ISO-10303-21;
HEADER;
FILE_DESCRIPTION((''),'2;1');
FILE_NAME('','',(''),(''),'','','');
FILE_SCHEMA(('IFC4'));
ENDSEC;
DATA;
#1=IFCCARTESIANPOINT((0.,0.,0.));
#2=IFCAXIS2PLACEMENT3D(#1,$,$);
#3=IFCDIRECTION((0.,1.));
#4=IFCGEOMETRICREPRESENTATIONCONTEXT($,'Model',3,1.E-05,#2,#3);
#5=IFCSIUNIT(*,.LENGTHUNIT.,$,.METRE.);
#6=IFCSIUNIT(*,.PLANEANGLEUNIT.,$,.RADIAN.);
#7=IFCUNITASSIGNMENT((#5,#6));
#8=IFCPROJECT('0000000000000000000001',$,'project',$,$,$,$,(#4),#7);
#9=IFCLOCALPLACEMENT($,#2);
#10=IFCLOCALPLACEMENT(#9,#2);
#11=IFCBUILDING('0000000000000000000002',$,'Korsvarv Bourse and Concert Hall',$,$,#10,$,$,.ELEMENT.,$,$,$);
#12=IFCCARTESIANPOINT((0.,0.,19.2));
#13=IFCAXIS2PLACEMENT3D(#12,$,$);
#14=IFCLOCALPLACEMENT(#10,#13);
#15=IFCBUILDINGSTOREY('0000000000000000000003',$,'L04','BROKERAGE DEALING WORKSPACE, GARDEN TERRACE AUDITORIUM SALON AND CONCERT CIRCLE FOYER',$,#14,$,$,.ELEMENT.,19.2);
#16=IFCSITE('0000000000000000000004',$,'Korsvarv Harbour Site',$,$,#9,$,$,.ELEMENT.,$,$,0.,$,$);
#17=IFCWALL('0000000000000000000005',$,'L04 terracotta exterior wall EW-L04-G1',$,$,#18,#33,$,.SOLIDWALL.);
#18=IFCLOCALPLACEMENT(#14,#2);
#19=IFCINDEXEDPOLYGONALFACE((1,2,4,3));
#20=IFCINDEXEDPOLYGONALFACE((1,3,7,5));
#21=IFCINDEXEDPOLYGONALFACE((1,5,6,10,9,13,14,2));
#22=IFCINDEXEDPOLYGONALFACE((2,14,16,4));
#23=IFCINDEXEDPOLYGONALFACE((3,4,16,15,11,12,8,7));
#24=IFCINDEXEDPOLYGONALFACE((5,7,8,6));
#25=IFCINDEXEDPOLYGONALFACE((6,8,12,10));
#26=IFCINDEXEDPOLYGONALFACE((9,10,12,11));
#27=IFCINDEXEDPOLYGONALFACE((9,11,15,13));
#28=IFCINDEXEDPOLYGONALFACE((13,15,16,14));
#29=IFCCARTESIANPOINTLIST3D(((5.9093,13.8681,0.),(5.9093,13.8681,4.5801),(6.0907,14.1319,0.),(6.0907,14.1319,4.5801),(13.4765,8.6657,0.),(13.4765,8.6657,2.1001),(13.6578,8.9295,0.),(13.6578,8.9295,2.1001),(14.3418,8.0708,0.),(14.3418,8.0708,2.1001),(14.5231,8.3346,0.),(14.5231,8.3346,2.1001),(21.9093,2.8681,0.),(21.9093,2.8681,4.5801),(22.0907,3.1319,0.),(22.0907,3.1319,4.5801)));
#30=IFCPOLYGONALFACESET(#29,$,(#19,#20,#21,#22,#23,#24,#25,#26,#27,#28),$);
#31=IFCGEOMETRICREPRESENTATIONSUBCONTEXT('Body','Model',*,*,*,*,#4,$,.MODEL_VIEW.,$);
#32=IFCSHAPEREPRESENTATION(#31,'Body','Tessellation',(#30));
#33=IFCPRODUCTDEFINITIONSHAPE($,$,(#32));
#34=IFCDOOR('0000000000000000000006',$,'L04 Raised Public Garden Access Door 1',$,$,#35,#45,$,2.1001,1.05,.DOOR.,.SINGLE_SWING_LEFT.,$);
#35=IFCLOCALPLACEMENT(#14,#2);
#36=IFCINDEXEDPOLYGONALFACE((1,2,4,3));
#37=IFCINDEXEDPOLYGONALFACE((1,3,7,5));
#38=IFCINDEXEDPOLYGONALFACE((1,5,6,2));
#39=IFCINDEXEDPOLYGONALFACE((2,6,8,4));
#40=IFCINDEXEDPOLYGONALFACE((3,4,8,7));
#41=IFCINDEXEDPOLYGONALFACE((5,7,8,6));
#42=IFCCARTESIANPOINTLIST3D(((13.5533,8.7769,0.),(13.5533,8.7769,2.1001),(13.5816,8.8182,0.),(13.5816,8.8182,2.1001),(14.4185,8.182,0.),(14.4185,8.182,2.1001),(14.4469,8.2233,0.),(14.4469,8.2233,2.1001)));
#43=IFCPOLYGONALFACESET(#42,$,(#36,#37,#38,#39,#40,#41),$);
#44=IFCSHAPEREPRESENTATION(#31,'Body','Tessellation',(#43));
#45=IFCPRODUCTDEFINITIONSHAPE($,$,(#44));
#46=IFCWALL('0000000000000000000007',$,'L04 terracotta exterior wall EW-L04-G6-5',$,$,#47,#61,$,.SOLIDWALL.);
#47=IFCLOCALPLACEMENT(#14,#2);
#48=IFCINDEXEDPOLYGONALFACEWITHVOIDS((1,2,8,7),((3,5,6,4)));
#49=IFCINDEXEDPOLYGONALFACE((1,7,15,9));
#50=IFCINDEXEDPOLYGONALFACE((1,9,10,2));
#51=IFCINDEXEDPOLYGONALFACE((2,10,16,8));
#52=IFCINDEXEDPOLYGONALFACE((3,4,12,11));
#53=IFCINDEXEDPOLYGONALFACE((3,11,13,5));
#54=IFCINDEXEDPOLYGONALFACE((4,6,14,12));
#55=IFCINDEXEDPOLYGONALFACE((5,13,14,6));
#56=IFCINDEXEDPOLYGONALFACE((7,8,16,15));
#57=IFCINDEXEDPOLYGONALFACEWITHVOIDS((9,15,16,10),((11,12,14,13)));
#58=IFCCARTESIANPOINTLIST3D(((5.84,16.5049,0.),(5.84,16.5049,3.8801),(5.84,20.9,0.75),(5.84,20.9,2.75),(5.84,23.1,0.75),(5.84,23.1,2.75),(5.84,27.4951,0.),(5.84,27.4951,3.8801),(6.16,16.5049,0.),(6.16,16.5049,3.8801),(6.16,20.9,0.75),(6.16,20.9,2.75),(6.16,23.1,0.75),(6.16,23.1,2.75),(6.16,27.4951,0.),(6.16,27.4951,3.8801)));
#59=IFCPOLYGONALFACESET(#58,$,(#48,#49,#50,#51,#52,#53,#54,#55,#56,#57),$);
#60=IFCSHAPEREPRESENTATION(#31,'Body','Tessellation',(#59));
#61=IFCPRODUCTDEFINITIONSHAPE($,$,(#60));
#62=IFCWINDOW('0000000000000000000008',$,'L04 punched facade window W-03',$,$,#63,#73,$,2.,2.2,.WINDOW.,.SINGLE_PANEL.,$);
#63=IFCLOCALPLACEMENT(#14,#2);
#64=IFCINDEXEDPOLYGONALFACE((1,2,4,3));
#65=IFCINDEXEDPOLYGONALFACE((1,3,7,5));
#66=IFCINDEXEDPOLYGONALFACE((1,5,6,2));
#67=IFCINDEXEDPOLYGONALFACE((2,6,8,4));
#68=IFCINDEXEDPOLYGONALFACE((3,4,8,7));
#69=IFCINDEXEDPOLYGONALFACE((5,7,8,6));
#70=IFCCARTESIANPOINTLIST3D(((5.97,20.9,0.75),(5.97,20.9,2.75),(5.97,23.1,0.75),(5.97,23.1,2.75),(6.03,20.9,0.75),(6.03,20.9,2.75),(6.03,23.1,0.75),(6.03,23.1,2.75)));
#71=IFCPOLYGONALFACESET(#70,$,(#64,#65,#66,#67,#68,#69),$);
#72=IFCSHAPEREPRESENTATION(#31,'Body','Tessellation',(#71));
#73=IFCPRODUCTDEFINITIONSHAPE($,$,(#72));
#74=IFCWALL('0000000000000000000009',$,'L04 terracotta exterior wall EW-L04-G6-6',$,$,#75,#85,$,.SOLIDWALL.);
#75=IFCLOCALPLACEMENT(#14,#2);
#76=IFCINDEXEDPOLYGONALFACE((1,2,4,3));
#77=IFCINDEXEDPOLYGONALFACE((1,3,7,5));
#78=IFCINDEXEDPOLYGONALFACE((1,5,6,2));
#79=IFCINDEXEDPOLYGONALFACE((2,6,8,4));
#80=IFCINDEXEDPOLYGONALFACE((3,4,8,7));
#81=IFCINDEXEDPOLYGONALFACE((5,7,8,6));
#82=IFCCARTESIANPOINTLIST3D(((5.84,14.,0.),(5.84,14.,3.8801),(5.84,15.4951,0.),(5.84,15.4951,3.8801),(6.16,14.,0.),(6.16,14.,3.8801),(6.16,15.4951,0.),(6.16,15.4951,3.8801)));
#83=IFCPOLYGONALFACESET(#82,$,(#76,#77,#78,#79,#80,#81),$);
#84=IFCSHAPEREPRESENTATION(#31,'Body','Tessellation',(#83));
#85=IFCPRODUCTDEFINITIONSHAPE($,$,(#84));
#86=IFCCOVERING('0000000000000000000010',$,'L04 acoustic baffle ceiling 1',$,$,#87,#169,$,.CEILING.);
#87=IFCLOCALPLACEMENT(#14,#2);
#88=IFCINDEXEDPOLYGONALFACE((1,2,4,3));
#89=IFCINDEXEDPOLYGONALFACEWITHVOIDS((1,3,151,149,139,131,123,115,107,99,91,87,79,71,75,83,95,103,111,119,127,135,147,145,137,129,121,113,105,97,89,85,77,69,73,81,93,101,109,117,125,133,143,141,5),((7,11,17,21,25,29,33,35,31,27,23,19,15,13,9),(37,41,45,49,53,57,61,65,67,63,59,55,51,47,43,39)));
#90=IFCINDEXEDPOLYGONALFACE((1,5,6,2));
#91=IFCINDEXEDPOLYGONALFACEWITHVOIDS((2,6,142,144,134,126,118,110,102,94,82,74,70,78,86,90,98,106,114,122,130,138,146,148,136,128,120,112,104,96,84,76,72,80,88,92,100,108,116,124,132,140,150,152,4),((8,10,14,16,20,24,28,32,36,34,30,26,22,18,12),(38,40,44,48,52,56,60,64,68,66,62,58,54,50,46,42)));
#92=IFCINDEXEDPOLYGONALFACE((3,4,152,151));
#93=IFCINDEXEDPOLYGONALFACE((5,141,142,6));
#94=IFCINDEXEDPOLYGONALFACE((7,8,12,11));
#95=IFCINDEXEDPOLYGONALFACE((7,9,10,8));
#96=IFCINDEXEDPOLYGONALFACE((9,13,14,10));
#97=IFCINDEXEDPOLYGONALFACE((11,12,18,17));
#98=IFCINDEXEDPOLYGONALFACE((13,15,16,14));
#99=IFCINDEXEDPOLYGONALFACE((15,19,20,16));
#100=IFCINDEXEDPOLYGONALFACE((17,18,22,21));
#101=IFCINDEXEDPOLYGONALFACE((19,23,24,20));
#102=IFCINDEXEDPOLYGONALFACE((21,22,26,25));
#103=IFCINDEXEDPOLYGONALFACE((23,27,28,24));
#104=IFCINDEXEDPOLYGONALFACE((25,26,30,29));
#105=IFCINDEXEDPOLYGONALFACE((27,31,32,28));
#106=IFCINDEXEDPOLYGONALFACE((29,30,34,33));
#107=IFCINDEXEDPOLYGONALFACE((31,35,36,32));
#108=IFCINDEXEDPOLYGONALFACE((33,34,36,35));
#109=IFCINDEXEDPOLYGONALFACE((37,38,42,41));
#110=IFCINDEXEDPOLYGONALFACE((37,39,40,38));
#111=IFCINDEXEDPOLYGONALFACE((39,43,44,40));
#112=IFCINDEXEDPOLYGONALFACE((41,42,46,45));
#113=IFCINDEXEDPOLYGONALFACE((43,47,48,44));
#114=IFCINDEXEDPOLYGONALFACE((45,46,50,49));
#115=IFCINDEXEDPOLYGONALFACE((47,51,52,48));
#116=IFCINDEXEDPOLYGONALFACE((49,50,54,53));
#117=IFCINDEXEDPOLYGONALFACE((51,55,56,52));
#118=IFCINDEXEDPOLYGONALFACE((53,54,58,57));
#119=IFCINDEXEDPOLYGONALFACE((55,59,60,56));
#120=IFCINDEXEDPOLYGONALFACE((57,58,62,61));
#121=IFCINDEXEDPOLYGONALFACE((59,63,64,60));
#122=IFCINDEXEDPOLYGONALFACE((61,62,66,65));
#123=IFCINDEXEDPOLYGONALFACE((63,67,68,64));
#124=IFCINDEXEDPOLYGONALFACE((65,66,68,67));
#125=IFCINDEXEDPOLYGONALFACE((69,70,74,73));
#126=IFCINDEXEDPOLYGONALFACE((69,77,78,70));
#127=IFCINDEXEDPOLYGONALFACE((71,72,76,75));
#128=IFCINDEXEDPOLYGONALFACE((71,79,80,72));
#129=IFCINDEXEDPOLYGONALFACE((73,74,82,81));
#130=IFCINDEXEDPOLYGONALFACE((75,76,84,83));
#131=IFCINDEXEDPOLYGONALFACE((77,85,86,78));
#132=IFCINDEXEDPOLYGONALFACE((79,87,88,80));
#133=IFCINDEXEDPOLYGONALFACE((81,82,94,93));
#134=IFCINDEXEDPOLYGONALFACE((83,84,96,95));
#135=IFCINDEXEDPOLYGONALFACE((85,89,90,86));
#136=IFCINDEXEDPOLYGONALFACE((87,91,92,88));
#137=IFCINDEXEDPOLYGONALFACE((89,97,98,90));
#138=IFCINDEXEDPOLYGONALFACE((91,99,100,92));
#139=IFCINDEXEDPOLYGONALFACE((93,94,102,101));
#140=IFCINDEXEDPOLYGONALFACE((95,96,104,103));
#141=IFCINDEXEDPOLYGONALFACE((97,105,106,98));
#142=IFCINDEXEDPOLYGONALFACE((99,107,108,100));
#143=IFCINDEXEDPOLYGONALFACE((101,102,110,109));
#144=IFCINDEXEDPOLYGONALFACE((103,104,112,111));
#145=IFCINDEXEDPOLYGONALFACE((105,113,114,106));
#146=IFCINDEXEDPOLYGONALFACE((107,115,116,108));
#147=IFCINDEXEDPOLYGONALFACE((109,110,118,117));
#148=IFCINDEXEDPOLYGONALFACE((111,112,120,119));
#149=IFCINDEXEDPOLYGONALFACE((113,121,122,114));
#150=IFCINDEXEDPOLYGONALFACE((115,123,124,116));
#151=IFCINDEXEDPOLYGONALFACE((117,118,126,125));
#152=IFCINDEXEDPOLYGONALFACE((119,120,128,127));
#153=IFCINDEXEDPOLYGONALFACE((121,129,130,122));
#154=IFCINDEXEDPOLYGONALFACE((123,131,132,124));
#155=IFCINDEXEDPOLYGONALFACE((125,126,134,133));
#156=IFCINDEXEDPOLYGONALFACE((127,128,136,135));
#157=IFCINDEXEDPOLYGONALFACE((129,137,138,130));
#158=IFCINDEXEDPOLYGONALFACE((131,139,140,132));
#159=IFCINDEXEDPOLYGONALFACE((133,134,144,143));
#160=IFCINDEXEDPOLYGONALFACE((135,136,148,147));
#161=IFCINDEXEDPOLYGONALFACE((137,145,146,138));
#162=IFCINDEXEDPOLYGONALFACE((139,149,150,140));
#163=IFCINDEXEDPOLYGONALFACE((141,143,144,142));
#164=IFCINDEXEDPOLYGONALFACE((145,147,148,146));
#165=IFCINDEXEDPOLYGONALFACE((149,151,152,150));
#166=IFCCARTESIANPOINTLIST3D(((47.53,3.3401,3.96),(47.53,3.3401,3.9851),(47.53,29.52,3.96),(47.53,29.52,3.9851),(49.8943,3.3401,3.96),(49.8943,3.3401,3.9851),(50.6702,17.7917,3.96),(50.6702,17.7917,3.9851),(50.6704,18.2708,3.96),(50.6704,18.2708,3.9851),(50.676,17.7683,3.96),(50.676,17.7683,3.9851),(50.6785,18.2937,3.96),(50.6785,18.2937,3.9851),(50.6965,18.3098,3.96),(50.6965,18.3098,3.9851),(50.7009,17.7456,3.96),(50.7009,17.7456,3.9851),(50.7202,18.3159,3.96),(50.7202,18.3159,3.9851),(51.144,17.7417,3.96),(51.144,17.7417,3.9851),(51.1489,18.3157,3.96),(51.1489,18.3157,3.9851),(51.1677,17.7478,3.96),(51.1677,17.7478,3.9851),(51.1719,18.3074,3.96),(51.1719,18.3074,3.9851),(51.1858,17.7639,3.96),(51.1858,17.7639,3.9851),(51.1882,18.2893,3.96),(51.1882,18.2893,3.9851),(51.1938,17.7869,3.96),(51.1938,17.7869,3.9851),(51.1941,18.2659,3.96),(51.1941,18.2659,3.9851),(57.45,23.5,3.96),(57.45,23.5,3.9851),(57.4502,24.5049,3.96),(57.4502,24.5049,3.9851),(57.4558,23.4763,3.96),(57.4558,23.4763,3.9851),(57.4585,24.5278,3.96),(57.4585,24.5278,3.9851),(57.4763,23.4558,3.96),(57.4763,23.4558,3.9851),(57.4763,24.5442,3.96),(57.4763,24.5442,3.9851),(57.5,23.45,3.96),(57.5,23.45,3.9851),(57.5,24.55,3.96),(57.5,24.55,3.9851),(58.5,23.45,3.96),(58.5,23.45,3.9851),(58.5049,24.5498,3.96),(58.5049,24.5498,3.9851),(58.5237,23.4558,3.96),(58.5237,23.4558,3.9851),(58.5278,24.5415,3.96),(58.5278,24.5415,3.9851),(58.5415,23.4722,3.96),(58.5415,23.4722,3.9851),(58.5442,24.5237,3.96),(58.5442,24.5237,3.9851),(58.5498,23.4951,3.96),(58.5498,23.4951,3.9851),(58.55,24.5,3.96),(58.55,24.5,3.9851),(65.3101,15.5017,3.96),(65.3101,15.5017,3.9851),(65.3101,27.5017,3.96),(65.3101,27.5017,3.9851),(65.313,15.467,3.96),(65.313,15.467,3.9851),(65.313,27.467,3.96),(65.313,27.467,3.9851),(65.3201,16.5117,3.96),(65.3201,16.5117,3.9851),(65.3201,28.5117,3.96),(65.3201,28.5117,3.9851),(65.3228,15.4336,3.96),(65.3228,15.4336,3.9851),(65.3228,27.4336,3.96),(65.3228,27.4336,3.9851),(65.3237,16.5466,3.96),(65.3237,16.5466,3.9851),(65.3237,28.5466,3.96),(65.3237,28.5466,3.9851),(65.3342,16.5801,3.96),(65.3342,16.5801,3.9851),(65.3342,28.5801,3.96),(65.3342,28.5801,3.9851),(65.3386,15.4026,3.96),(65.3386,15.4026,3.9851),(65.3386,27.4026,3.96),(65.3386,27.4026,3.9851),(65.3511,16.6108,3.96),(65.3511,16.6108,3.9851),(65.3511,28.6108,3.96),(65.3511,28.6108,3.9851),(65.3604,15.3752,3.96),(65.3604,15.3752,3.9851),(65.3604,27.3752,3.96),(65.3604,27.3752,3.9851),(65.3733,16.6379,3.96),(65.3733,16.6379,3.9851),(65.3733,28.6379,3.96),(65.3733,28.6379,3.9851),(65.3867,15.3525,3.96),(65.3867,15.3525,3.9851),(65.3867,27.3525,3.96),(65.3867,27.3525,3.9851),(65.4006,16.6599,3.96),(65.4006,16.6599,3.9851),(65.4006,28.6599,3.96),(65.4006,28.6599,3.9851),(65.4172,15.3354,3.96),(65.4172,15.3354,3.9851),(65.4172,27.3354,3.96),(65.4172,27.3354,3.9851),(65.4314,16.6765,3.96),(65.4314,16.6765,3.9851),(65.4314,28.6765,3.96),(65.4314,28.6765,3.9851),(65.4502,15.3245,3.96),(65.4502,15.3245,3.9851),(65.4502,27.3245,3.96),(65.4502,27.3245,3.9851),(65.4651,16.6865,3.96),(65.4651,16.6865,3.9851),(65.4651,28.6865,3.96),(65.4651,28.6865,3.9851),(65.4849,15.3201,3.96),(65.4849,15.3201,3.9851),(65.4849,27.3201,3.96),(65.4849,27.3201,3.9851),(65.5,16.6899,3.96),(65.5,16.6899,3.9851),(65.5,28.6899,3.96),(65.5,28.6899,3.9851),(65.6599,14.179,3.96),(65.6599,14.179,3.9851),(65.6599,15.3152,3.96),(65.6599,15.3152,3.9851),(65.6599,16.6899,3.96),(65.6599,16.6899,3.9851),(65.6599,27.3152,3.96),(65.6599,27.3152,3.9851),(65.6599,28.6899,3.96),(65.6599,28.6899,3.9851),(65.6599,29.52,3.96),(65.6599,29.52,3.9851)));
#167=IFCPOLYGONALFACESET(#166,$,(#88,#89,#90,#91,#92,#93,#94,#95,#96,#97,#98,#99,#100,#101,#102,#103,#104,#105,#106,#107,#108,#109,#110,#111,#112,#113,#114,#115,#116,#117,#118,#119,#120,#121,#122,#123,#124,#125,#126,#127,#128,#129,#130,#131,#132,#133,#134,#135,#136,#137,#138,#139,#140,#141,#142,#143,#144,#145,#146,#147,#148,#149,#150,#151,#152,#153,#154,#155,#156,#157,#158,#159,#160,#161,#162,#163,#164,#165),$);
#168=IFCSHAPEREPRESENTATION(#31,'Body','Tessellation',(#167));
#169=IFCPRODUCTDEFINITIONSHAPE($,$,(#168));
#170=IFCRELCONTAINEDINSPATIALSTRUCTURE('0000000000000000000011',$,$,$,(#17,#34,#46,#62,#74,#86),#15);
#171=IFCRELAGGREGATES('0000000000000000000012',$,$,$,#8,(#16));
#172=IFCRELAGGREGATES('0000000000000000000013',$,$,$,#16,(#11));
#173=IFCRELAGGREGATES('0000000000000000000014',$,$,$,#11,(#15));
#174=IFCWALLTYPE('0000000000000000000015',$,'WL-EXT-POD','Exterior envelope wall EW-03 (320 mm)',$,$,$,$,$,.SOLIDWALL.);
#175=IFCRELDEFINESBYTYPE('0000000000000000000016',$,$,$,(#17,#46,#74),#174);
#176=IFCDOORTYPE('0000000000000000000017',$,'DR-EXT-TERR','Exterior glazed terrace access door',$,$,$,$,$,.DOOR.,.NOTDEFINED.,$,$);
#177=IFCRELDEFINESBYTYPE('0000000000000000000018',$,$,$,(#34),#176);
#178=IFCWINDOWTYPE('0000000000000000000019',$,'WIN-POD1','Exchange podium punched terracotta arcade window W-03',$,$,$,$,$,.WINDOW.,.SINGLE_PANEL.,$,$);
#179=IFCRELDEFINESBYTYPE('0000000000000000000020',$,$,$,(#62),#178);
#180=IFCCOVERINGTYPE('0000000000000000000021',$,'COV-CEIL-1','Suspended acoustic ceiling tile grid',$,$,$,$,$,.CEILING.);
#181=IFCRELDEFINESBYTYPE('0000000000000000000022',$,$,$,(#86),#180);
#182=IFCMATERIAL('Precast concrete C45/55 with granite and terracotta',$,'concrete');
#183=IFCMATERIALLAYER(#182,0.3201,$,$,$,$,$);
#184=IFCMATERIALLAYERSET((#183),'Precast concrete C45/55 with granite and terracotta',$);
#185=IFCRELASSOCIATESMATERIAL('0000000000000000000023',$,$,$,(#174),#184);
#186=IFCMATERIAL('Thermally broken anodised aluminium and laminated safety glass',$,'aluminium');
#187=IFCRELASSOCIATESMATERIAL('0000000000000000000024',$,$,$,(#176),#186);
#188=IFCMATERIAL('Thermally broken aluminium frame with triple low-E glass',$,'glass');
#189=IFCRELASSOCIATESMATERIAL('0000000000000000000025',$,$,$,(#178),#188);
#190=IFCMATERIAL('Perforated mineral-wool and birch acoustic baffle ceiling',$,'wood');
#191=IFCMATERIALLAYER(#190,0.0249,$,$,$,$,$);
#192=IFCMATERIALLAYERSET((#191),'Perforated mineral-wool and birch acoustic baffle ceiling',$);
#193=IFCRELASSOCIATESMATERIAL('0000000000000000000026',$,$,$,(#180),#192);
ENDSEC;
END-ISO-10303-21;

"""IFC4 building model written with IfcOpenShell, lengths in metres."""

from ifc_helpers import new_model, si_unit, direction, frame, frame_2d, origin, place, context, subcontext, project, spatial, polyline, rectangle, outline, extrude, material, layer, layer_set, type_object, element, fill, save


model = new_model("IFC4")

# Units and contexts
model_context = context("Model", 3, precision=1e-05, world=origin(), true_north=direction((0.0, 1.0)))
body_context = subcontext(model_context, "Body", "Model", "MODEL_VIEW")
ifc_project = project(units=[si_unit("LENGTHUNIT", "METRE"), si_unit("PLANEANGLEUNIT", "RADIAN")], contexts=[model_context])

# Site, building, storey
site_placement = place(None, origin())
site = spatial("IfcSite", under=ifc_project, at=site_placement, Name="Korsvarv Harbour Site", CompositionType="ELEMENT", RefElevation=0.0)
building_placement = place(site_placement, origin())
building = spatial("IfcBuilding", under=site, at=building_placement, Name="Korsvarv Bourse and Concert Hall", CompositionType="ELEMENT")
storey_placement = place(building_placement, frame((0.0, 0.0, 19.2)))
storey = spatial("IfcBuildingStorey", under=building, at=storey_placement, Name="L04", Description="BROKERAGE DEALING WORKSPACE, GARDEN TERRACE AUDITORIUM SALON AND CONCERT CIRCLE FOYER", CompositionType="ELEMENT", Elevation=19.2)

# Wall, opening, door
ifc_material_1 = material(Name="Precast concrete C45/55 with granite and terracotta", Category="concrete")
ifc_layer_1 = layer(ifc_material_1, 0.3201)
ifc_layer_set_1 = layer_set([ifc_layer_1], Name="Precast concrete C45/55 with granite and terracotta")
wall_type = type_object("IfcWallType", Name="WL-EXT-POD", Description="Exterior envelope wall EW-03 (320 mm)", PredefinedType="SOLIDWALL", material=ifc_layer_set_1)
wall_1_placement = place(storey_placement, frame((6.0, 14.0, 0.0), z_axis=(0.0, 0.0, 1.0), x_axis=(0.824042, -0.566529, 0.0)))
wall_1 = element("IfcWall", 1, at=wall_1_placement, inside=storey, type_object=wall_type, Name="L04 terracotta exterior wall EW-L04-G1", PredefinedType="SOLIDWALL", context=body_context, shape_type="SweptSolid", body=[
    extrude(rectangle(XDim=19.4165, YDim=0.3201, at=frame_2d((9.7083, 0.0))), origin(), (0.0, 0.0, 1.0), 4.5801),
])
opening_1_placement = place(wall_1_placement, frame((9.1831, 0.0, 0.0)))
opening_1 = element("IfcOpeningElement", 2, at=opening_1_placement, cuts=wall_1, PredefinedType="OPENING", context=body_context, shape_type="SweptSolid", body=[
    extrude(rectangle(XDim=1.05, YDim=2.1001, at=frame_2d((0.5249, 1.05))), frame((0.0, 0.1699, 0.0), z_axis=(0.0, -1.0, 0.0), x_axis=(1.0, 0.0, 0.0)), (0.0, 0.0, 1.0), 0.3401),
])
ifc_material_2 = material(Name="Thermally broken anodised aluminium and laminated safety glass", Category="aluminium")
door_type = type_object("IfcDoorType", Name="DR-EXT-TERR", Description="Exterior glazed terrace access door", OperationType="NOTDEFINED", PredefinedType="DOOR", material=ifc_material_2)
door_placement = place(opening_1_placement, frame((1.05, 0.0, 0.0), z_axis=(0.0, 0.0, 1.0), x_axis=(-1.0, 0.0, 0.0)))
door = element("IfcDoor", 3, at=door_placement, inside=storey, type_object=door_type, Name="L04 Raised Public Garden Access Door 1", OperationType="SINGLE_SWING_LEFT", OverallHeight=2.1001, OverallWidth=1.05, PredefinedType="DOOR", context=body_context, shape_type="SweptSolid", body=[
    extrude(rectangle(XDim=1.05, YDim=2.1001, at=frame_2d((0.5249, 1.05))), frame((0.0, 0.0249, 0.0), z_axis=(0.0, -1.0, 0.0), x_axis=(1.0, 0.0, 0.0)), (0.0, 0.0, 1.0), 0.05),
])
fill(opening_1, door)

# Wall, opening, window
wall_2_placement = place(storey_placement, frame((6.0, 27.4951, 0.0), z_axis=(0.0, 0.0, 1.0), x_axis=(0.0, -1.0, 0.0)))
wall_2 = element("IfcWall", 4, at=wall_2_placement, inside=storey, type_object=wall_type, Name="L04 terracotta exterior wall EW-L04-G6-5", PredefinedType="SOLIDWALL", context=body_context, shape_type="SweptSolid", body=[
    extrude(rectangle(XDim=10.9902, YDim=0.3201, at=frame_2d((5.4951, 0.0))), origin(), (0.0, 0.0, 1.0), 3.8801),
])
opening_2_placement = place(wall_2_placement, frame((4.395, 0.0, 0.75)))
opening_2 = element("IfcOpeningElement", 5, at=opening_2_placement, cuts=wall_2, PredefinedType="OPENING", context=body_context, shape_type="SweptSolid", body=[
    extrude(rectangle(XDim=2.2, YDim=2.0, at=frame_2d((1.1001, 1.0))), frame((0.0, 0.1699, 0.0), z_axis=(0.0, -1.0, 0.0), x_axis=(1.0, 0.0, 0.0)), (0.0, 0.0, 1.0), 0.3401),
])
ifc_material_3 = material(Name="Thermally broken aluminium frame with triple low-E glass", Category="glass")
window_type = type_object("IfcWindowType", Name="WIN-POD1", Description="Exchange podium punched terracotta arcade window W-03", PartitioningType="SINGLE_PANEL", PredefinedType="WINDOW", material=ifc_material_3)
window_placement = place(opening_2_placement, origin())
window = element("IfcWindow", 6, at=window_placement, inside=storey, type_object=window_type, Name="L04 punched facade window W-03", OverallHeight=2.0, OverallWidth=2.2, PartitioningType="SINGLE_PANEL", PredefinedType="WINDOW", context=body_context, shape_type="SweptSolid", body=[
    extrude(rectangle(XDim=2.2, YDim=2.0, at=frame_2d((1.1001, 1.0))), frame((0.0, 0.03, 0.0), z_axis=(0.0, -1.0, 0.0), x_axis=(1.0, 0.0, 0.0)), (0.0, 0.0, 1.0), 0.0601),
])
fill(opening_2, window)

# Wall
wall_3_placement = place(storey_placement, frame((6.0, 15.4951, 0.0), z_axis=(0.0, 0.0, 1.0), x_axis=(0.0, -1.0, 0.0)))
element("IfcWall", 7, at=wall_3_placement, inside=storey, type_object=wall_type, Name="L04 terracotta exterior wall EW-L04-G6-6", PredefinedType="SOLIDWALL", context=body_context, shape_type="SweptSolid", body=[
    extrude(rectangle(XDim=1.4951, YDim=0.3201, at=frame_2d((0.7476, 0.0))), origin(), (0.0, 0.0, 1.0), 3.8801),
])

# Covering
ifc_material_4 = material(Name="Perforated mineral-wool and birch acoustic baffle ceiling", Category="wood")
ifc_layer_2 = layer(ifc_material_4, 0.0249)
ifc_layer_set_2 = layer_set([ifc_layer_2], Name="Perforated mineral-wool and birch acoustic baffle ceiling")
covering_type_1 = type_object("IfcCoveringType", Name="COV-CEIL-1", Description="Suspended acoustic ceiling tile grid", PredefinedType="CEILING", material=ifc_layer_set_2)
covering_1_placement = place(storey_placement, frame((0.0, 0.0, 3.96)))
element("IfcCovering", 8, at=covering_1_placement, inside=storey, type_object=covering_type_1, Name="L04 acoustic baffle ceiling 1", PredefinedType="CEILING", context=body_context, shape_type="SweptSolid", body=[
    extrude(outline(polyline([(47.53, 29.52), (65.6599, 29.52), (65.6599, 28.6899), (65.5, 28.6899), (65.4651, 28.6865), (65.4314, 28.6765), (65.4006, 28.6599), (65.3733, 28.6379), (65.3511, 28.6108), (65.3342, 28.5801), (65.3237, 28.5466), (65.3201, 28.5117), (65.3101, 27.5017), (65.313, 27.467), (65.3228, 27.4336), (65.3386, 27.4026), (65.3604, 27.3752), (65.3867, 27.3525), (65.4172, 27.3354), (65.4502, 27.3245), (65.4849, 27.3201), (65.6599, 27.3152), (65.6599, 16.6899), (65.5, 16.6899), (65.4651, 16.6865), (65.4314, 16.6765), (65.4006, 16.6599), (65.3733, 16.6379), (65.3511, 16.6108), (65.3342, 16.5801), (65.3237, 16.5466), (65.3201, 16.5117), (65.3101, 15.5017), (65.313, 15.467), (65.3228, 15.4336), (65.3386, 15.4026), (65.3604, 15.3752), (65.3867, 15.3525), (65.4172, 15.3354), (65.4502, 15.3245), (65.4849, 15.3201), (65.6599, 15.3152), (65.6599, 14.179), (49.8943, 3.3401), (47.53, 3.3401), (47.53, 29.52)]), holes=[polyline([(50.7009, 17.7456), (51.144, 17.7417), (51.1677, 17.7478), (51.1858, 17.7639), (51.1938, 17.7869), (51.1941, 18.2659), (51.1882, 18.2893), (51.1719, 18.3074), (51.1489, 18.3157), (50.7202, 18.3159), (50.6965, 18.3098), (50.6785, 18.2937), (50.6704, 18.2708), (50.6702, 17.7917), (50.676, 17.7683), (50.7009, 17.7456)]), polyline([(57.4763, 23.4558), (57.5, 23.45), (58.5, 23.45), (58.5237, 23.4558), (58.5415, 23.4722), (58.5498, 23.4951), (58.55, 24.5), (58.5442, 24.5237), (58.5278, 24.5415), (58.5049, 24.5498), (57.5, 24.55), (57.4763, 24.5442), (57.4585, 24.5278), (57.4502, 24.5049), (57.45, 23.5), (57.4558, 23.4763), (57.4763, 23.4558)])]), origin(), (0.0, 0.0, 1.0), 0.0251),
])

save(model, "model.ifc")
